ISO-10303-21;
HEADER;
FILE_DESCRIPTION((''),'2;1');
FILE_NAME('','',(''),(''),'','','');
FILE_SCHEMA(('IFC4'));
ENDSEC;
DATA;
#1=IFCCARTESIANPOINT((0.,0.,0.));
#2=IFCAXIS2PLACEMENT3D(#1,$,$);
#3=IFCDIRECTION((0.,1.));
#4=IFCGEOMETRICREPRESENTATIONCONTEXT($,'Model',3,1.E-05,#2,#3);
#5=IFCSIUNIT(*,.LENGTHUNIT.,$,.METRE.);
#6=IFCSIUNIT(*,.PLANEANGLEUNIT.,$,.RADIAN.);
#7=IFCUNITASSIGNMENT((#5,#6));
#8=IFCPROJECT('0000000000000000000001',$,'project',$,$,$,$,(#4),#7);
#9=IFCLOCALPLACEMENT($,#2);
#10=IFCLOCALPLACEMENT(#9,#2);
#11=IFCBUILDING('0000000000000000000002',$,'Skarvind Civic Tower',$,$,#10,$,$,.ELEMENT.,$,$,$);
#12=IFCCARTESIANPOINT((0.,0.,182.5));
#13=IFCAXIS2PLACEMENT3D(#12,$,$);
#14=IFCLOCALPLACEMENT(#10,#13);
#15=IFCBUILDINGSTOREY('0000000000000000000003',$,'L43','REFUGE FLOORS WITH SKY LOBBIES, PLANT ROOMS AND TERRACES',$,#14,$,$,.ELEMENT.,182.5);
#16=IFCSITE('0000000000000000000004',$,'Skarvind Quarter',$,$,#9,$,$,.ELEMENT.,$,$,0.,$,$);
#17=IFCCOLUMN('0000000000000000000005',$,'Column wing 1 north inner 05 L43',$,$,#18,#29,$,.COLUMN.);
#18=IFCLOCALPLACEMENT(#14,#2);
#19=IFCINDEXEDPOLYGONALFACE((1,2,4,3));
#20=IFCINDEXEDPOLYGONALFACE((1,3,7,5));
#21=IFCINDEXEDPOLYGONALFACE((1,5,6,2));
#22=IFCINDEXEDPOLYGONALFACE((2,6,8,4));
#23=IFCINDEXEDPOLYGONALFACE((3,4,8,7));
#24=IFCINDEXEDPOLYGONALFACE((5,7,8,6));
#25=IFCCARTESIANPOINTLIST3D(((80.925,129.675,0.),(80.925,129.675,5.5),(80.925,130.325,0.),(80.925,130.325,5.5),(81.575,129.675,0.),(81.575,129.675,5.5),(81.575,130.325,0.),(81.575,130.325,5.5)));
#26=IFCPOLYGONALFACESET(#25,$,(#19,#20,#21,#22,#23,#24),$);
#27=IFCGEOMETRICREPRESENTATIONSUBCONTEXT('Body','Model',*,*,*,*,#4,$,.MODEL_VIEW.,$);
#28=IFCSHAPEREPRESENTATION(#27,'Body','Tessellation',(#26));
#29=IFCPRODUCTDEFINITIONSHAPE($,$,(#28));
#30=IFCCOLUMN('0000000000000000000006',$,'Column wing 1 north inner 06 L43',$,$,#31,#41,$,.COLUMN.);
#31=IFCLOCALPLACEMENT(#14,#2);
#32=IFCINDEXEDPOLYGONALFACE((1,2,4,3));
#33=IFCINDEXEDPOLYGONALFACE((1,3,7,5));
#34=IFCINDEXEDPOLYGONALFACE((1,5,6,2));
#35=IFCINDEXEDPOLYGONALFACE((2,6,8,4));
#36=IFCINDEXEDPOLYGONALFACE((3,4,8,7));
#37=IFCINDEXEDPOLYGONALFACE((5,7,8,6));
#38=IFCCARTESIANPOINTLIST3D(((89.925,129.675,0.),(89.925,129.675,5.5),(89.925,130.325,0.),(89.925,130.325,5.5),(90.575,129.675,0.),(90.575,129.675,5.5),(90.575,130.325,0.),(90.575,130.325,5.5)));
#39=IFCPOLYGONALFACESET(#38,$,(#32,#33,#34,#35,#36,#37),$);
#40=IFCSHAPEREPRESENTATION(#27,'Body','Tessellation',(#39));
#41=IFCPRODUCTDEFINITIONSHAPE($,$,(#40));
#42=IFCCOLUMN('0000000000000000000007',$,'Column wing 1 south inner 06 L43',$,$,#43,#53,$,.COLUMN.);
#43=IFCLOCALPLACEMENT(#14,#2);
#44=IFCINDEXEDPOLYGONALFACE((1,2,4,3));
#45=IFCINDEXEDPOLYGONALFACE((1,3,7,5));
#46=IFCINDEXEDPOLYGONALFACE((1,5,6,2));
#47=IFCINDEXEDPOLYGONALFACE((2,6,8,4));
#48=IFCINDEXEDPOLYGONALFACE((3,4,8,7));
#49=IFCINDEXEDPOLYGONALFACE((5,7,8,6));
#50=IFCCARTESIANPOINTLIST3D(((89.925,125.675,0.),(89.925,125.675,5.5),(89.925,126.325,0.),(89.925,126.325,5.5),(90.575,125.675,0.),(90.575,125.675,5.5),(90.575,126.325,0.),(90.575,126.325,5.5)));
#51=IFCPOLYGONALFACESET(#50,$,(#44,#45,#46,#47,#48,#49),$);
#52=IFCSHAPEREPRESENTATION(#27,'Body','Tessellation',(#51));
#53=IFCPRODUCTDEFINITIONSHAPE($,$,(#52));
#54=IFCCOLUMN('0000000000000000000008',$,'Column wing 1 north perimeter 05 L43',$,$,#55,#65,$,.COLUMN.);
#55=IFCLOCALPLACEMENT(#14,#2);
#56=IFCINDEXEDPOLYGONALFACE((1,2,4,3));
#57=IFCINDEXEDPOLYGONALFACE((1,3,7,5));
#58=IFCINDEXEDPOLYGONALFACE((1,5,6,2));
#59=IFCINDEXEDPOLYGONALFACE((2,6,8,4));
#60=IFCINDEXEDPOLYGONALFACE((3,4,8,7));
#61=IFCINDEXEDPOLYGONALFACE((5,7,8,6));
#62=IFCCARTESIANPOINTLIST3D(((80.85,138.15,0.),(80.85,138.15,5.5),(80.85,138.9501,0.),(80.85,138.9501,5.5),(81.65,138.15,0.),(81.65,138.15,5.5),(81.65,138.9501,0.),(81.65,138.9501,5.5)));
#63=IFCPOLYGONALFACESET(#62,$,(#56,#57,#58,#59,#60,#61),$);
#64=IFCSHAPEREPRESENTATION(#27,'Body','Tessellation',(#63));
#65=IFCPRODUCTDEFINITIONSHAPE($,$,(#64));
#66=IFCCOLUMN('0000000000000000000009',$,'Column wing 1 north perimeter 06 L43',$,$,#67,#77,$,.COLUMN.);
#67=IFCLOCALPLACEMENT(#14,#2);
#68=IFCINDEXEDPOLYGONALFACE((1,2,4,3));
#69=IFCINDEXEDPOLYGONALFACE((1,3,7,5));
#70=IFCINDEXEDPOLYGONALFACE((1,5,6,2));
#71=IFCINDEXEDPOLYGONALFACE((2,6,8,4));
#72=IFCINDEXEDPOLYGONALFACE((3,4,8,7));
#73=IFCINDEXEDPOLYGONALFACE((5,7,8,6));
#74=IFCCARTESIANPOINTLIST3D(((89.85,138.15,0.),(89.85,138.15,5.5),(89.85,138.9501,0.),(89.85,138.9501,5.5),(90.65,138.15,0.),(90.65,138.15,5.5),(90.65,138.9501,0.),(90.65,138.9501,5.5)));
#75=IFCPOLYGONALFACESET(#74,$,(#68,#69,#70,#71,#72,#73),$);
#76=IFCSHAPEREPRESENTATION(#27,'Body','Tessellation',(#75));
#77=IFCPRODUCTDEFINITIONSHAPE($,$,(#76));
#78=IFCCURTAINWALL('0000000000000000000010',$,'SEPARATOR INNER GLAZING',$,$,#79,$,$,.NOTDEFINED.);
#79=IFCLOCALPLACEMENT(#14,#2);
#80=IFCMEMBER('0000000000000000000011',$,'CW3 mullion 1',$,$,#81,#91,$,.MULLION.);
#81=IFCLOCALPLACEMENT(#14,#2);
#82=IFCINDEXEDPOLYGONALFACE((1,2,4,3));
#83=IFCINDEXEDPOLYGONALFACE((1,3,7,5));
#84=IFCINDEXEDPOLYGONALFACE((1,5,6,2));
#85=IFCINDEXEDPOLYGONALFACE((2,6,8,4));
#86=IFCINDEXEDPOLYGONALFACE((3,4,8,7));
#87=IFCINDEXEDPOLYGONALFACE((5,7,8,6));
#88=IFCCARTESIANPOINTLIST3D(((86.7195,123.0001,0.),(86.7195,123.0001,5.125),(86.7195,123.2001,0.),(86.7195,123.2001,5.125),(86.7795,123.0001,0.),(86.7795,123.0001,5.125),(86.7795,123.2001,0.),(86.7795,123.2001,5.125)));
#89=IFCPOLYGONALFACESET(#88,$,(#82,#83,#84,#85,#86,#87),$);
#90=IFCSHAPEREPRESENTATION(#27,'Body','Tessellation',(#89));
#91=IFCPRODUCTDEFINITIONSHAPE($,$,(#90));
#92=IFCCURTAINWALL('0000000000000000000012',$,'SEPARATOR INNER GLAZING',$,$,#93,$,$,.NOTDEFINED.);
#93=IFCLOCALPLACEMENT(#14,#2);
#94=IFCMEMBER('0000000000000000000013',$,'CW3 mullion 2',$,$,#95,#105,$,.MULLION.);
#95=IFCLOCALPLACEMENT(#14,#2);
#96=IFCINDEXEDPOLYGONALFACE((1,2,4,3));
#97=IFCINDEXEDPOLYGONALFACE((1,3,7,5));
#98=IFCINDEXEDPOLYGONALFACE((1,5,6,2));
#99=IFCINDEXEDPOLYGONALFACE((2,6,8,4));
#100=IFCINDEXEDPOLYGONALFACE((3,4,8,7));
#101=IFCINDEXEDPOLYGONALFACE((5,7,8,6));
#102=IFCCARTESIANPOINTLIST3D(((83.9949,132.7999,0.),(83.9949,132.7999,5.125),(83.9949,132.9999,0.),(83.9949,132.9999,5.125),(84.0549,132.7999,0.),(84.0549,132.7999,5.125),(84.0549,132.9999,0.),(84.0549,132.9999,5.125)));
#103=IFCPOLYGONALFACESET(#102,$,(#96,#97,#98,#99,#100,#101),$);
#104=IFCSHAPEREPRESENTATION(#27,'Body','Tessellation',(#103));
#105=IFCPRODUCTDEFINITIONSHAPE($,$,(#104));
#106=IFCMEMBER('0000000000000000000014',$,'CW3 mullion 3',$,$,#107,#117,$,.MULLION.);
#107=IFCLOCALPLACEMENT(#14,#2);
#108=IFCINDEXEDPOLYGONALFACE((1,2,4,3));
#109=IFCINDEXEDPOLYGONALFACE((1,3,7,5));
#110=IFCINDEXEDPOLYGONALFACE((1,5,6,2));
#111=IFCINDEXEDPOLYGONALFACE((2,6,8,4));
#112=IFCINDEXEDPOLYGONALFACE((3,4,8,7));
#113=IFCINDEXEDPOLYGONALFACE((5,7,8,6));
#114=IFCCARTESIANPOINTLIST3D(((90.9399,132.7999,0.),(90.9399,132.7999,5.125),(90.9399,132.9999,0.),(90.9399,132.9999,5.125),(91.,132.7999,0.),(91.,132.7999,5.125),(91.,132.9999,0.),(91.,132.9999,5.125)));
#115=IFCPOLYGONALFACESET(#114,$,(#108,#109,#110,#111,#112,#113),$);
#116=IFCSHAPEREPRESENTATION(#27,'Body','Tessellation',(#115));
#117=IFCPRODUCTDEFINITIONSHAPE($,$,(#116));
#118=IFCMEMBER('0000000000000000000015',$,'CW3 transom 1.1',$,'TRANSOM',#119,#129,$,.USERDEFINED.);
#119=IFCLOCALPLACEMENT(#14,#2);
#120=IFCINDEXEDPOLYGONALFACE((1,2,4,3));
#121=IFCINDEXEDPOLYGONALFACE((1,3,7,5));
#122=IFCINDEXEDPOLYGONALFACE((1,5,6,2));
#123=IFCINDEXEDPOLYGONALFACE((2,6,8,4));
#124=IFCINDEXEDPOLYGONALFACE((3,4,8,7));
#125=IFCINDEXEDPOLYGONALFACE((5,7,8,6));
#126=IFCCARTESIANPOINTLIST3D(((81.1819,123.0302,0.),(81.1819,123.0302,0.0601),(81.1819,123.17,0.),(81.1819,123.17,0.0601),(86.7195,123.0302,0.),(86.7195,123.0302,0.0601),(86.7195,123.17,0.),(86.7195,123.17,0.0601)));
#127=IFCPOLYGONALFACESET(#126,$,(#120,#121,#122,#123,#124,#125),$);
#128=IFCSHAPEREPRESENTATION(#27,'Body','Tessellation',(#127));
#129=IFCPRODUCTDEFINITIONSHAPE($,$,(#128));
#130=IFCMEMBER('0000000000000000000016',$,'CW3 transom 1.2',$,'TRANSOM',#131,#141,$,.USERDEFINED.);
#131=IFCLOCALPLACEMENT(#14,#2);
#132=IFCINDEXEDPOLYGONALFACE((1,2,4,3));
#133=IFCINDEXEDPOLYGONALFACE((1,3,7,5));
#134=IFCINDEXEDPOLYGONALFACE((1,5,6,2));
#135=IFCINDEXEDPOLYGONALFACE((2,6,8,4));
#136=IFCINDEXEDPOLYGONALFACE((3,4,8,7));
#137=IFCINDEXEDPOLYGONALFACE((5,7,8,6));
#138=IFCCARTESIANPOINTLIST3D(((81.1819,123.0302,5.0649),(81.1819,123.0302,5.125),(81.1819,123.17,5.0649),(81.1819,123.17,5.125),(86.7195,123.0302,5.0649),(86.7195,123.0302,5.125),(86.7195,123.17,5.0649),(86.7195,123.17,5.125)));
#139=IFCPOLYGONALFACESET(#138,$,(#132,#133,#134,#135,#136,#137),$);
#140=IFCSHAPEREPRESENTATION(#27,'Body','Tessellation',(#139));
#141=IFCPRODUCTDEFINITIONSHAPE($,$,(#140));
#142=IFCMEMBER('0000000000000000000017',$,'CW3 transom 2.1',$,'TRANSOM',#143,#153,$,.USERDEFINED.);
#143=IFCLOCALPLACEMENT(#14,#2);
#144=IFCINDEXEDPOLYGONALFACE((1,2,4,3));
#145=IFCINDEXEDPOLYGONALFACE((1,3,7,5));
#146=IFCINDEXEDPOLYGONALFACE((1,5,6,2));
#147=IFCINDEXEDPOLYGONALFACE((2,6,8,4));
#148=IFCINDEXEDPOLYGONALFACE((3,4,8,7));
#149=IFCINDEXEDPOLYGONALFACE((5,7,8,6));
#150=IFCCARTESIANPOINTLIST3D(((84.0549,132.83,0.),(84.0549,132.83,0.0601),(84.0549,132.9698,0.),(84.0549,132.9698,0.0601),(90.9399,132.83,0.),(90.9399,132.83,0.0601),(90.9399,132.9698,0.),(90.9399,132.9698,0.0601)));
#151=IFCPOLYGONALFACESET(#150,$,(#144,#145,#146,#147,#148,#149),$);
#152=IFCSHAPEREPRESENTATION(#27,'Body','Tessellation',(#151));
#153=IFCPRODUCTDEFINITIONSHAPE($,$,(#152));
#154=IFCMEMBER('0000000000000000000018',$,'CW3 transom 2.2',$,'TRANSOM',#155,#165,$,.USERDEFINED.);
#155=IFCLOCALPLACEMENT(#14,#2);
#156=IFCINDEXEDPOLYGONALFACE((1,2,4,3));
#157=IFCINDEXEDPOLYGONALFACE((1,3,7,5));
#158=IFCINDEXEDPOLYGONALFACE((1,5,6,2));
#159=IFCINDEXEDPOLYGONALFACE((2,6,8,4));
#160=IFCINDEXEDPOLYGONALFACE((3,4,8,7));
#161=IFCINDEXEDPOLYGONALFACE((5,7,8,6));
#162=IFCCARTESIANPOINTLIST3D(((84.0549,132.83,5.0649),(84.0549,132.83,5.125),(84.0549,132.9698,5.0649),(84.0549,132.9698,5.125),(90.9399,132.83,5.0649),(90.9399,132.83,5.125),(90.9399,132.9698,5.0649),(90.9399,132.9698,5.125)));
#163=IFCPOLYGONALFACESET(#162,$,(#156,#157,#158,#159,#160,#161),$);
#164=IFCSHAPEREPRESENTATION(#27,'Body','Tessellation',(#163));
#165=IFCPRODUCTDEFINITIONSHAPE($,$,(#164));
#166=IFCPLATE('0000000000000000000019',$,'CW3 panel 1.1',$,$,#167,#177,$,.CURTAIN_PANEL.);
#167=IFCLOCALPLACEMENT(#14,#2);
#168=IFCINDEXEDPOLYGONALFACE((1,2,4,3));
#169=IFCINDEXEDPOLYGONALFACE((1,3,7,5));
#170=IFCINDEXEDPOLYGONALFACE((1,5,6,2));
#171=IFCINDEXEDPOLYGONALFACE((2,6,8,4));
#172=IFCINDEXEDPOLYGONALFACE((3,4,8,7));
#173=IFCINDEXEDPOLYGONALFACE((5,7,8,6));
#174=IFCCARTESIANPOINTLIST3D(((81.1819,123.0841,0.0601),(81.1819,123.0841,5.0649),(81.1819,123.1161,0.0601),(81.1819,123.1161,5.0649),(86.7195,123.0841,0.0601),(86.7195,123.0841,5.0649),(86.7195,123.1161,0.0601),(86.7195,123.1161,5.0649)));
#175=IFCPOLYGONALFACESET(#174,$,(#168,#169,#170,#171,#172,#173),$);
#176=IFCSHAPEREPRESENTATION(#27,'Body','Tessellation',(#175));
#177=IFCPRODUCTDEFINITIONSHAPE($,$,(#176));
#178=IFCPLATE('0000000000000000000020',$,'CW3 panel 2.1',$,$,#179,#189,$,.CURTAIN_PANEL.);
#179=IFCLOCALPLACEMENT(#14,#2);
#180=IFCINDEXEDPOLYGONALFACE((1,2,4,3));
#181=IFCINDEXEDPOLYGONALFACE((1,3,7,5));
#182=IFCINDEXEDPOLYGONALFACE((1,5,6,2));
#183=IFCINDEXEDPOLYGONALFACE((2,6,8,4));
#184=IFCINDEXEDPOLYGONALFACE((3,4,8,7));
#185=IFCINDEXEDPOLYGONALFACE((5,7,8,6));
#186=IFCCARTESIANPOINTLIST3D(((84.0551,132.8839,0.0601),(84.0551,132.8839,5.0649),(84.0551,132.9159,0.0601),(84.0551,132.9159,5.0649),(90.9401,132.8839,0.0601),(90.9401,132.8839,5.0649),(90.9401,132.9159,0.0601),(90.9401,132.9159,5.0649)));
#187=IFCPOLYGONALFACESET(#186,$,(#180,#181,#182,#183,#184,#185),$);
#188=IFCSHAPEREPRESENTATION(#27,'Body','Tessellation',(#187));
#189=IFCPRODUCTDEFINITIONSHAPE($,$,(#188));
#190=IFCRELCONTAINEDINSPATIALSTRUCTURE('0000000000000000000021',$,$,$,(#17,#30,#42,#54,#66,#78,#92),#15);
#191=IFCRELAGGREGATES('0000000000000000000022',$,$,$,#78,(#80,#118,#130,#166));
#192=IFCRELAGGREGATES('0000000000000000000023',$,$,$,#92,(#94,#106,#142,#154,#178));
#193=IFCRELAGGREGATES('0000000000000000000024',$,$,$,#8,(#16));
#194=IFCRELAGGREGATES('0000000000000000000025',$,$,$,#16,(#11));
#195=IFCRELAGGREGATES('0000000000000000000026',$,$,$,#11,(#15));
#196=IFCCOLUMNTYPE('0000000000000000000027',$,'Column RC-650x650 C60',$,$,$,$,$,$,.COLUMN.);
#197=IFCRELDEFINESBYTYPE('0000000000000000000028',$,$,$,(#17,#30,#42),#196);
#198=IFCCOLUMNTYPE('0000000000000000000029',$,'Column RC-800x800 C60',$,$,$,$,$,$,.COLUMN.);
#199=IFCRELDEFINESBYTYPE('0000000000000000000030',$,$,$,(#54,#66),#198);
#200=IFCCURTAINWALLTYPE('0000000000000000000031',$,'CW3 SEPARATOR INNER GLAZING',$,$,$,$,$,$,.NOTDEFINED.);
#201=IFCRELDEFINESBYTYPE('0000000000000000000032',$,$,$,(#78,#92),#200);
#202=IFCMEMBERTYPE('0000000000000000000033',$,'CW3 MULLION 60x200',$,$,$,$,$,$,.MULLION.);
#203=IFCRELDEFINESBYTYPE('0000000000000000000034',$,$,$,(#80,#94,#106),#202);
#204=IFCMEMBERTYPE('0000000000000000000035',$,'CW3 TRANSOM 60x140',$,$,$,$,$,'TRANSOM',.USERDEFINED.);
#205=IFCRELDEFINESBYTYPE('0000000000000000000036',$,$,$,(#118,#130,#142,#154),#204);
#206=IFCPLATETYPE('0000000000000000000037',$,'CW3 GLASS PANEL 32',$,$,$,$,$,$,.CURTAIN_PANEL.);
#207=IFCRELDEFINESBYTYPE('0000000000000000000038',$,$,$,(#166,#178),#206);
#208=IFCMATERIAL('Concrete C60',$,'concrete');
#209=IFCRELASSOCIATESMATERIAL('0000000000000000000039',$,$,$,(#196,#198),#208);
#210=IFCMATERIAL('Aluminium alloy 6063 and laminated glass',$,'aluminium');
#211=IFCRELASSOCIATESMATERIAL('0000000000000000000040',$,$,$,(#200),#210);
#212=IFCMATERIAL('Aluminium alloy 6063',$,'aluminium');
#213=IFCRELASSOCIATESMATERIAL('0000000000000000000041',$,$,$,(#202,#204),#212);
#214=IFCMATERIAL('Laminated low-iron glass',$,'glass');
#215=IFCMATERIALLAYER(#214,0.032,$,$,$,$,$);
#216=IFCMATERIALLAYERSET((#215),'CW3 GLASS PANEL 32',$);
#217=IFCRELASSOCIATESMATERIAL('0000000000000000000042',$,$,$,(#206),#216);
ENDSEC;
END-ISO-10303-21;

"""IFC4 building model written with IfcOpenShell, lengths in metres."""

from ifc_helpers import new_model, si_unit, direction, frame, origin, origin_2d, place, context, subcontext, project, spatial, rectangle, extrude, material, layer, layer_set, material_profile, profile_set, type_object, element, aggregate, save


model = new_model("IFC4")

# Units and contexts
model_context = context("Model", 3, precision=1e-05, world=origin(), true_north=direction((0.0, 1.0)))
body_context = subcontext(model_context, "Body", "Model", "MODEL_VIEW")
ifc_project = project(units=[si_unit("LENGTHUNIT", "METRE"), si_unit("PLANEANGLEUNIT", "RADIAN")], contexts=[model_context])

# Site, building, storey
site_placement = place(None, origin())
site = spatial("IfcSite", under=ifc_project, at=site_placement, Name="Skarvind Quarter", CompositionType="ELEMENT", RefElevation=0.0)
building_placement = place(site_placement, origin())
building = spatial("IfcBuilding", under=site, at=building_placement, Name="Skarvind Civic Tower", CompositionType="ELEMENT")
storey_placement = place(building_placement, frame((0.0, 0.0, 182.5)))
storey = spatial("IfcBuildingStorey", under=building, at=storey_placement, Name="L43", Description="REFUGE FLOORS WITH SKY LOBBIES, PLANT ROOMS AND TERRACES", CompositionType="ELEMENT", Elevation=182.5)

# Columns
ifc_material_1 = material(Name="Concrete C60", Category="concrete")
ifc_material_profile_1 = material_profile(ifc_material_1, rectangle(XDim=0.6499, YDim=0.6499, at=origin_2d()), Name="RC-650x650")
ifc_profile_set_1 = profile_set([ifc_material_profile_1], Name="Concrete C60")
column_type_1 = type_object("IfcColumnType", Name="Column RC-650x650 C60", PredefinedType="COLUMN", material=ifc_profile_set_1)
for number, where, z_axis, x_axis, name in (
    (1, (81.25, 130.0, 0.0), (0.0, 0.0, 1.0), (1.0, 0.0, 0.0), "Column wing 1 north inner 05 L43"),
    (2, (90.25, 130.0, 0.0), (0.0, 0.0, 1.0), (1.0, 0.0, 0.0), "Column wing 1 north inner 06 L43"),
    (3, (90.25, 126.0, 0.0), (0.0, 0.0, 1.0), (1.0, 0.0, 0.0), "Column wing 1 south inner 06 L43"),
):
    element("IfcColumn", number, at=place(storey_placement, frame(where, z_axis=z_axis, x_axis=x_axis)), inside=storey, type_object=column_type_1, Name=name, PredefinedType="COLUMN", context=body_context, shape_type="SweptSolid", body=[
        extrude(rectangle(XDim=0.6499, YDim=0.6499, at=origin_2d()), origin(), (0.0, 0.0, 1.0), 5.5),
    ])
ifc_material_profile_2 = material_profile(ifc_material_1, rectangle(XDim=0.8, YDim=0.8, at=origin_2d()), Name="RC-800x800")
ifc_profile_set_2 = profile_set([ifc_material_profile_2], Name="Concrete C60")
column_type_2 = type_object("IfcColumnType", Name="Column RC-800x800 C60", PredefinedType="COLUMN", material=ifc_profile_set_2)
for number, where, z_axis, x_axis, name in (
    (4, (81.25, 138.55, 0.0), (0.0, 0.0, 1.0), (1.0, 0.0, 0.0), "Column wing 1 north perimeter 05 L43"),
    (5, (90.25, 138.55, 0.0), (0.0, 0.0, 1.0), (1.0, 0.0, 0.0), "Column wing 1 north perimeter 06 L43"),
):
    element("IfcColumn", number, at=place(storey_placement, frame(where, z_axis=z_axis, x_axis=x_axis)), inside=storey, type_object=column_type_2, Name=name, PredefinedType="COLUMN", context=body_context, shape_type="SweptSolid", body=[
        extrude(rectangle(XDim=0.8, YDim=0.8, at=origin_2d()), origin(), (0.0, 0.0, 1.0), 5.5),
    ])

# Curtain wall, member
ifc_material_2 = material(Name="Aluminium alloy 6063 and laminated glass", Category="aluminium")
curtain_wall_type = type_object("IfcCurtainWallType", Name="CW3 SEPARATOR INNER GLAZING", PredefinedType="NOTDEFINED", material=ifc_material_2)
curtain_wall_1_placement = place(storey_placement, origin())
curtain_wall_1 = element("IfcCurtainWall", 6, at=curtain_wall_1_placement, inside=storey, type_object=curtain_wall_type, Name="SEPARATOR INNER GLAZING", PredefinedType="NOTDEFINED")
ifc_material_3 = material(Name="Aluminium alloy 6063", Category="aluminium")
ifc_material_profile_3 = material_profile(ifc_material_3, rectangle(XDim=0.2, YDim=0.0601, at=origin_2d()), Name="AL 60x200")
ifc_profile_set_3 = profile_set([ifc_material_profile_3], Name="Aluminium alloy 6063")
member_type_1 = type_object("IfcMemberType", Name="CW3 MULLION 60x200", PredefinedType="MULLION", material=ifc_profile_set_3)
member_1_placement = place(storey_placement, frame((86.7495, 123.1001, 0.0), z_axis=(0.0, 0.0, 1.0), x_axis=(0.0, -1.0, 0.0)))
member_1 = element("IfcMember", 7, at=member_1_placement, type_object=member_type_1, Name="CW3 mullion 1", PredefinedType="MULLION", context=body_context, shape_type="SweptSolid", body=[
    extrude(rectangle(XDim=0.2, YDim=0.0601, at=origin_2d()), origin(), (0.0, 0.0, 1.0), 5.125),
])

# Curtain wall, members
curtain_wall_2_placement = place(storey_placement, origin())
curtain_wall_2 = element("IfcCurtainWall", 8, at=curtain_wall_2_placement, inside=storey, type_object=curtain_wall_type, Name="SEPARATOR INNER GLAZING", PredefinedType="NOTDEFINED")
member_2_placement = place(storey_placement, frame((84.0249, 132.8999, 0.0), z_axis=(0.0, 0.0, 1.0), x_axis=(0.0, 1.0, 0.0)))
member_2 = element("IfcMember", 9, at=member_2_placement, type_object=member_type_1, Name="CW3 mullion 2", PredefinedType="MULLION", context=body_context, shape_type="SweptSolid", body=[
    extrude(rectangle(XDim=0.2, YDim=0.0601, at=origin_2d()), origin(), (0.0, 0.0, 1.0), 5.125),
])
member_3_placement = place(storey_placement, frame((90.97, 132.8999, 0.0), z_axis=(0.0, 0.0, 1.0), x_axis=(0.0, 1.0, 0.0)))
member_3 = element("IfcMember", 10, at=member_3_placement, type_object=member_type_1, Name="CW3 mullion 3", PredefinedType="MULLION", context=body_context, shape_type="SweptSolid", body=[
    extrude(rectangle(XDim=0.2, YDim=0.0601, at=origin_2d()), origin(), (0.0, 0.0, 1.0), 5.125),
])

# Members
ifc_material_profile_4 = material_profile(ifc_material_3, rectangle(XDim=0.1399, YDim=0.0601, at=origin_2d()), Name="AL 60x140")
ifc_profile_set_4 = profile_set([ifc_material_profile_4], Name="Aluminium alloy 6063")
member_type_2 = type_object("IfcMemberType", Name="CW3 TRANSOM 60x140", ElementType="TRANSOM", PredefinedType="USERDEFINED", material=ifc_profile_set_4)
member_4_placement = place(storey_placement, frame((86.7195, 123.1001, 0.03), z_axis=(-1.0, 0.0, 0.0), x_axis=(0.0, -1.0, 0.0)))
member_4 = element("IfcMember", 11, at=member_4_placement, type_object=member_type_2, Name="CW3 transom 1.1", ObjectType="TRANSOM", PredefinedType="USERDEFINED", context=body_context, shape_type="SweptSolid", body=[
    extrude(rectangle(XDim=0.1399, YDim=0.0601, at=origin_2d()), origin(), (0.0, 0.0, 1.0), 5.5376),
])
member_5_placement = place(storey_placement, frame((86.7195, 123.1001, 5.095), z_axis=(-1.0, 0.0, 0.0), x_axis=(0.0, -1.0, 0.0)))
member_5 = element("IfcMember", 12, at=member_5_placement, type_object=member_type_2, Name="CW3 transom 1.2", ObjectType="TRANSOM", PredefinedType="USERDEFINED", context=body_context, shape_type="SweptSolid", body=[
    extrude(rectangle(XDim=0.1399, YDim=0.0601, at=origin_2d()), origin(), (0.0, 0.0, 1.0), 5.5376),
])
member_6_placement = place(storey_placement, frame((84.0549, 132.8999, 0.03), z_axis=(1.0, 0.0, 0.0), x_axis=(0.0, 1.0, 0.0)))
member_6 = element("IfcMember", 13, at=member_6_placement, type_object=member_type_2, Name="CW3 transom 2.1", ObjectType="TRANSOM", PredefinedType="USERDEFINED", context=body_context, shape_type="SweptSolid", body=[
    extrude(rectangle(XDim=0.1399, YDim=0.0601, at=origin_2d()), origin(), (0.0, 0.0, 1.0), 6.885),
])
member_7_placement = place(storey_placement, frame((84.0549, 132.8999, 5.095), z_axis=(1.0, 0.0, 0.0), x_axis=(0.0, 1.0, 0.0)))
member_7 = element("IfcMember", 14, at=member_7_placement, type_object=member_type_2, Name="CW3 transom 2.2", ObjectType="TRANSOM", PredefinedType="USERDEFINED", context=body_context, shape_type="SweptSolid", body=[
    extrude(rectangle(XDim=0.1399, YDim=0.0601, at=origin_2d()), origin(), (0.0, 0.0, 1.0), 6.885),
])

# Plates
ifc_material_4 = material(Name="Laminated low-iron glass", Category="glass")
ifc_layer_1 = layer(ifc_material_4, 0.032)
ifc_layer_set_1 = layer_set([ifc_layer_1], Name="CW3 GLASS PANEL 32")
plate_type = type_object("IfcPlateType", Name="CW3 GLASS PANEL 32", PredefinedType="CURTAIN_PANEL", material=ifc_layer_set_1)
plate_1_placement = place(storey_placement, frame((83.9507, 123.1001, 0.0601), z_axis=(0.0, 0.0, 1.0), x_axis=(-1.0, 0.0, 0.0)))
plate_1 = element("IfcPlate", 15, at=plate_1_placement, type_object=plate_type, Name="CW3 panel 1.1", PredefinedType="CURTAIN_PANEL", context=body_context, shape_type="SweptSolid", body=[
    extrude(rectangle(XDim=5.5376, YDim=0.032, at=origin_2d()), origin(), (0.0, 0.0, 1.0), 5.0049),
])
aggregate(curtain_wall_1, [member_1, member_4, member_5, plate_1])
plate_2_placement = place(storey_placement, frame((87.4976, 132.8999, 0.0601), z_axis=(0.0, 0.0, 1.0), x_axis=(1.0, 0.0, 0.0)))
plate_2 = element("IfcPlate", 16, at=plate_2_placement, type_object=plate_type, Name="CW3 panel 2.1", PredefinedType="CURTAIN_PANEL", context=body_context, shape_type="SweptSolid", body=[
    extrude(rectangle(XDim=6.885, YDim=0.032, at=origin_2d()), origin(), (0.0, 0.0, 1.0), 5.0049),
])
aggregate(curtain_wall_2, [member_2, member_3, member_6, member_7, plate_2])

save(model, "model.ifc")
